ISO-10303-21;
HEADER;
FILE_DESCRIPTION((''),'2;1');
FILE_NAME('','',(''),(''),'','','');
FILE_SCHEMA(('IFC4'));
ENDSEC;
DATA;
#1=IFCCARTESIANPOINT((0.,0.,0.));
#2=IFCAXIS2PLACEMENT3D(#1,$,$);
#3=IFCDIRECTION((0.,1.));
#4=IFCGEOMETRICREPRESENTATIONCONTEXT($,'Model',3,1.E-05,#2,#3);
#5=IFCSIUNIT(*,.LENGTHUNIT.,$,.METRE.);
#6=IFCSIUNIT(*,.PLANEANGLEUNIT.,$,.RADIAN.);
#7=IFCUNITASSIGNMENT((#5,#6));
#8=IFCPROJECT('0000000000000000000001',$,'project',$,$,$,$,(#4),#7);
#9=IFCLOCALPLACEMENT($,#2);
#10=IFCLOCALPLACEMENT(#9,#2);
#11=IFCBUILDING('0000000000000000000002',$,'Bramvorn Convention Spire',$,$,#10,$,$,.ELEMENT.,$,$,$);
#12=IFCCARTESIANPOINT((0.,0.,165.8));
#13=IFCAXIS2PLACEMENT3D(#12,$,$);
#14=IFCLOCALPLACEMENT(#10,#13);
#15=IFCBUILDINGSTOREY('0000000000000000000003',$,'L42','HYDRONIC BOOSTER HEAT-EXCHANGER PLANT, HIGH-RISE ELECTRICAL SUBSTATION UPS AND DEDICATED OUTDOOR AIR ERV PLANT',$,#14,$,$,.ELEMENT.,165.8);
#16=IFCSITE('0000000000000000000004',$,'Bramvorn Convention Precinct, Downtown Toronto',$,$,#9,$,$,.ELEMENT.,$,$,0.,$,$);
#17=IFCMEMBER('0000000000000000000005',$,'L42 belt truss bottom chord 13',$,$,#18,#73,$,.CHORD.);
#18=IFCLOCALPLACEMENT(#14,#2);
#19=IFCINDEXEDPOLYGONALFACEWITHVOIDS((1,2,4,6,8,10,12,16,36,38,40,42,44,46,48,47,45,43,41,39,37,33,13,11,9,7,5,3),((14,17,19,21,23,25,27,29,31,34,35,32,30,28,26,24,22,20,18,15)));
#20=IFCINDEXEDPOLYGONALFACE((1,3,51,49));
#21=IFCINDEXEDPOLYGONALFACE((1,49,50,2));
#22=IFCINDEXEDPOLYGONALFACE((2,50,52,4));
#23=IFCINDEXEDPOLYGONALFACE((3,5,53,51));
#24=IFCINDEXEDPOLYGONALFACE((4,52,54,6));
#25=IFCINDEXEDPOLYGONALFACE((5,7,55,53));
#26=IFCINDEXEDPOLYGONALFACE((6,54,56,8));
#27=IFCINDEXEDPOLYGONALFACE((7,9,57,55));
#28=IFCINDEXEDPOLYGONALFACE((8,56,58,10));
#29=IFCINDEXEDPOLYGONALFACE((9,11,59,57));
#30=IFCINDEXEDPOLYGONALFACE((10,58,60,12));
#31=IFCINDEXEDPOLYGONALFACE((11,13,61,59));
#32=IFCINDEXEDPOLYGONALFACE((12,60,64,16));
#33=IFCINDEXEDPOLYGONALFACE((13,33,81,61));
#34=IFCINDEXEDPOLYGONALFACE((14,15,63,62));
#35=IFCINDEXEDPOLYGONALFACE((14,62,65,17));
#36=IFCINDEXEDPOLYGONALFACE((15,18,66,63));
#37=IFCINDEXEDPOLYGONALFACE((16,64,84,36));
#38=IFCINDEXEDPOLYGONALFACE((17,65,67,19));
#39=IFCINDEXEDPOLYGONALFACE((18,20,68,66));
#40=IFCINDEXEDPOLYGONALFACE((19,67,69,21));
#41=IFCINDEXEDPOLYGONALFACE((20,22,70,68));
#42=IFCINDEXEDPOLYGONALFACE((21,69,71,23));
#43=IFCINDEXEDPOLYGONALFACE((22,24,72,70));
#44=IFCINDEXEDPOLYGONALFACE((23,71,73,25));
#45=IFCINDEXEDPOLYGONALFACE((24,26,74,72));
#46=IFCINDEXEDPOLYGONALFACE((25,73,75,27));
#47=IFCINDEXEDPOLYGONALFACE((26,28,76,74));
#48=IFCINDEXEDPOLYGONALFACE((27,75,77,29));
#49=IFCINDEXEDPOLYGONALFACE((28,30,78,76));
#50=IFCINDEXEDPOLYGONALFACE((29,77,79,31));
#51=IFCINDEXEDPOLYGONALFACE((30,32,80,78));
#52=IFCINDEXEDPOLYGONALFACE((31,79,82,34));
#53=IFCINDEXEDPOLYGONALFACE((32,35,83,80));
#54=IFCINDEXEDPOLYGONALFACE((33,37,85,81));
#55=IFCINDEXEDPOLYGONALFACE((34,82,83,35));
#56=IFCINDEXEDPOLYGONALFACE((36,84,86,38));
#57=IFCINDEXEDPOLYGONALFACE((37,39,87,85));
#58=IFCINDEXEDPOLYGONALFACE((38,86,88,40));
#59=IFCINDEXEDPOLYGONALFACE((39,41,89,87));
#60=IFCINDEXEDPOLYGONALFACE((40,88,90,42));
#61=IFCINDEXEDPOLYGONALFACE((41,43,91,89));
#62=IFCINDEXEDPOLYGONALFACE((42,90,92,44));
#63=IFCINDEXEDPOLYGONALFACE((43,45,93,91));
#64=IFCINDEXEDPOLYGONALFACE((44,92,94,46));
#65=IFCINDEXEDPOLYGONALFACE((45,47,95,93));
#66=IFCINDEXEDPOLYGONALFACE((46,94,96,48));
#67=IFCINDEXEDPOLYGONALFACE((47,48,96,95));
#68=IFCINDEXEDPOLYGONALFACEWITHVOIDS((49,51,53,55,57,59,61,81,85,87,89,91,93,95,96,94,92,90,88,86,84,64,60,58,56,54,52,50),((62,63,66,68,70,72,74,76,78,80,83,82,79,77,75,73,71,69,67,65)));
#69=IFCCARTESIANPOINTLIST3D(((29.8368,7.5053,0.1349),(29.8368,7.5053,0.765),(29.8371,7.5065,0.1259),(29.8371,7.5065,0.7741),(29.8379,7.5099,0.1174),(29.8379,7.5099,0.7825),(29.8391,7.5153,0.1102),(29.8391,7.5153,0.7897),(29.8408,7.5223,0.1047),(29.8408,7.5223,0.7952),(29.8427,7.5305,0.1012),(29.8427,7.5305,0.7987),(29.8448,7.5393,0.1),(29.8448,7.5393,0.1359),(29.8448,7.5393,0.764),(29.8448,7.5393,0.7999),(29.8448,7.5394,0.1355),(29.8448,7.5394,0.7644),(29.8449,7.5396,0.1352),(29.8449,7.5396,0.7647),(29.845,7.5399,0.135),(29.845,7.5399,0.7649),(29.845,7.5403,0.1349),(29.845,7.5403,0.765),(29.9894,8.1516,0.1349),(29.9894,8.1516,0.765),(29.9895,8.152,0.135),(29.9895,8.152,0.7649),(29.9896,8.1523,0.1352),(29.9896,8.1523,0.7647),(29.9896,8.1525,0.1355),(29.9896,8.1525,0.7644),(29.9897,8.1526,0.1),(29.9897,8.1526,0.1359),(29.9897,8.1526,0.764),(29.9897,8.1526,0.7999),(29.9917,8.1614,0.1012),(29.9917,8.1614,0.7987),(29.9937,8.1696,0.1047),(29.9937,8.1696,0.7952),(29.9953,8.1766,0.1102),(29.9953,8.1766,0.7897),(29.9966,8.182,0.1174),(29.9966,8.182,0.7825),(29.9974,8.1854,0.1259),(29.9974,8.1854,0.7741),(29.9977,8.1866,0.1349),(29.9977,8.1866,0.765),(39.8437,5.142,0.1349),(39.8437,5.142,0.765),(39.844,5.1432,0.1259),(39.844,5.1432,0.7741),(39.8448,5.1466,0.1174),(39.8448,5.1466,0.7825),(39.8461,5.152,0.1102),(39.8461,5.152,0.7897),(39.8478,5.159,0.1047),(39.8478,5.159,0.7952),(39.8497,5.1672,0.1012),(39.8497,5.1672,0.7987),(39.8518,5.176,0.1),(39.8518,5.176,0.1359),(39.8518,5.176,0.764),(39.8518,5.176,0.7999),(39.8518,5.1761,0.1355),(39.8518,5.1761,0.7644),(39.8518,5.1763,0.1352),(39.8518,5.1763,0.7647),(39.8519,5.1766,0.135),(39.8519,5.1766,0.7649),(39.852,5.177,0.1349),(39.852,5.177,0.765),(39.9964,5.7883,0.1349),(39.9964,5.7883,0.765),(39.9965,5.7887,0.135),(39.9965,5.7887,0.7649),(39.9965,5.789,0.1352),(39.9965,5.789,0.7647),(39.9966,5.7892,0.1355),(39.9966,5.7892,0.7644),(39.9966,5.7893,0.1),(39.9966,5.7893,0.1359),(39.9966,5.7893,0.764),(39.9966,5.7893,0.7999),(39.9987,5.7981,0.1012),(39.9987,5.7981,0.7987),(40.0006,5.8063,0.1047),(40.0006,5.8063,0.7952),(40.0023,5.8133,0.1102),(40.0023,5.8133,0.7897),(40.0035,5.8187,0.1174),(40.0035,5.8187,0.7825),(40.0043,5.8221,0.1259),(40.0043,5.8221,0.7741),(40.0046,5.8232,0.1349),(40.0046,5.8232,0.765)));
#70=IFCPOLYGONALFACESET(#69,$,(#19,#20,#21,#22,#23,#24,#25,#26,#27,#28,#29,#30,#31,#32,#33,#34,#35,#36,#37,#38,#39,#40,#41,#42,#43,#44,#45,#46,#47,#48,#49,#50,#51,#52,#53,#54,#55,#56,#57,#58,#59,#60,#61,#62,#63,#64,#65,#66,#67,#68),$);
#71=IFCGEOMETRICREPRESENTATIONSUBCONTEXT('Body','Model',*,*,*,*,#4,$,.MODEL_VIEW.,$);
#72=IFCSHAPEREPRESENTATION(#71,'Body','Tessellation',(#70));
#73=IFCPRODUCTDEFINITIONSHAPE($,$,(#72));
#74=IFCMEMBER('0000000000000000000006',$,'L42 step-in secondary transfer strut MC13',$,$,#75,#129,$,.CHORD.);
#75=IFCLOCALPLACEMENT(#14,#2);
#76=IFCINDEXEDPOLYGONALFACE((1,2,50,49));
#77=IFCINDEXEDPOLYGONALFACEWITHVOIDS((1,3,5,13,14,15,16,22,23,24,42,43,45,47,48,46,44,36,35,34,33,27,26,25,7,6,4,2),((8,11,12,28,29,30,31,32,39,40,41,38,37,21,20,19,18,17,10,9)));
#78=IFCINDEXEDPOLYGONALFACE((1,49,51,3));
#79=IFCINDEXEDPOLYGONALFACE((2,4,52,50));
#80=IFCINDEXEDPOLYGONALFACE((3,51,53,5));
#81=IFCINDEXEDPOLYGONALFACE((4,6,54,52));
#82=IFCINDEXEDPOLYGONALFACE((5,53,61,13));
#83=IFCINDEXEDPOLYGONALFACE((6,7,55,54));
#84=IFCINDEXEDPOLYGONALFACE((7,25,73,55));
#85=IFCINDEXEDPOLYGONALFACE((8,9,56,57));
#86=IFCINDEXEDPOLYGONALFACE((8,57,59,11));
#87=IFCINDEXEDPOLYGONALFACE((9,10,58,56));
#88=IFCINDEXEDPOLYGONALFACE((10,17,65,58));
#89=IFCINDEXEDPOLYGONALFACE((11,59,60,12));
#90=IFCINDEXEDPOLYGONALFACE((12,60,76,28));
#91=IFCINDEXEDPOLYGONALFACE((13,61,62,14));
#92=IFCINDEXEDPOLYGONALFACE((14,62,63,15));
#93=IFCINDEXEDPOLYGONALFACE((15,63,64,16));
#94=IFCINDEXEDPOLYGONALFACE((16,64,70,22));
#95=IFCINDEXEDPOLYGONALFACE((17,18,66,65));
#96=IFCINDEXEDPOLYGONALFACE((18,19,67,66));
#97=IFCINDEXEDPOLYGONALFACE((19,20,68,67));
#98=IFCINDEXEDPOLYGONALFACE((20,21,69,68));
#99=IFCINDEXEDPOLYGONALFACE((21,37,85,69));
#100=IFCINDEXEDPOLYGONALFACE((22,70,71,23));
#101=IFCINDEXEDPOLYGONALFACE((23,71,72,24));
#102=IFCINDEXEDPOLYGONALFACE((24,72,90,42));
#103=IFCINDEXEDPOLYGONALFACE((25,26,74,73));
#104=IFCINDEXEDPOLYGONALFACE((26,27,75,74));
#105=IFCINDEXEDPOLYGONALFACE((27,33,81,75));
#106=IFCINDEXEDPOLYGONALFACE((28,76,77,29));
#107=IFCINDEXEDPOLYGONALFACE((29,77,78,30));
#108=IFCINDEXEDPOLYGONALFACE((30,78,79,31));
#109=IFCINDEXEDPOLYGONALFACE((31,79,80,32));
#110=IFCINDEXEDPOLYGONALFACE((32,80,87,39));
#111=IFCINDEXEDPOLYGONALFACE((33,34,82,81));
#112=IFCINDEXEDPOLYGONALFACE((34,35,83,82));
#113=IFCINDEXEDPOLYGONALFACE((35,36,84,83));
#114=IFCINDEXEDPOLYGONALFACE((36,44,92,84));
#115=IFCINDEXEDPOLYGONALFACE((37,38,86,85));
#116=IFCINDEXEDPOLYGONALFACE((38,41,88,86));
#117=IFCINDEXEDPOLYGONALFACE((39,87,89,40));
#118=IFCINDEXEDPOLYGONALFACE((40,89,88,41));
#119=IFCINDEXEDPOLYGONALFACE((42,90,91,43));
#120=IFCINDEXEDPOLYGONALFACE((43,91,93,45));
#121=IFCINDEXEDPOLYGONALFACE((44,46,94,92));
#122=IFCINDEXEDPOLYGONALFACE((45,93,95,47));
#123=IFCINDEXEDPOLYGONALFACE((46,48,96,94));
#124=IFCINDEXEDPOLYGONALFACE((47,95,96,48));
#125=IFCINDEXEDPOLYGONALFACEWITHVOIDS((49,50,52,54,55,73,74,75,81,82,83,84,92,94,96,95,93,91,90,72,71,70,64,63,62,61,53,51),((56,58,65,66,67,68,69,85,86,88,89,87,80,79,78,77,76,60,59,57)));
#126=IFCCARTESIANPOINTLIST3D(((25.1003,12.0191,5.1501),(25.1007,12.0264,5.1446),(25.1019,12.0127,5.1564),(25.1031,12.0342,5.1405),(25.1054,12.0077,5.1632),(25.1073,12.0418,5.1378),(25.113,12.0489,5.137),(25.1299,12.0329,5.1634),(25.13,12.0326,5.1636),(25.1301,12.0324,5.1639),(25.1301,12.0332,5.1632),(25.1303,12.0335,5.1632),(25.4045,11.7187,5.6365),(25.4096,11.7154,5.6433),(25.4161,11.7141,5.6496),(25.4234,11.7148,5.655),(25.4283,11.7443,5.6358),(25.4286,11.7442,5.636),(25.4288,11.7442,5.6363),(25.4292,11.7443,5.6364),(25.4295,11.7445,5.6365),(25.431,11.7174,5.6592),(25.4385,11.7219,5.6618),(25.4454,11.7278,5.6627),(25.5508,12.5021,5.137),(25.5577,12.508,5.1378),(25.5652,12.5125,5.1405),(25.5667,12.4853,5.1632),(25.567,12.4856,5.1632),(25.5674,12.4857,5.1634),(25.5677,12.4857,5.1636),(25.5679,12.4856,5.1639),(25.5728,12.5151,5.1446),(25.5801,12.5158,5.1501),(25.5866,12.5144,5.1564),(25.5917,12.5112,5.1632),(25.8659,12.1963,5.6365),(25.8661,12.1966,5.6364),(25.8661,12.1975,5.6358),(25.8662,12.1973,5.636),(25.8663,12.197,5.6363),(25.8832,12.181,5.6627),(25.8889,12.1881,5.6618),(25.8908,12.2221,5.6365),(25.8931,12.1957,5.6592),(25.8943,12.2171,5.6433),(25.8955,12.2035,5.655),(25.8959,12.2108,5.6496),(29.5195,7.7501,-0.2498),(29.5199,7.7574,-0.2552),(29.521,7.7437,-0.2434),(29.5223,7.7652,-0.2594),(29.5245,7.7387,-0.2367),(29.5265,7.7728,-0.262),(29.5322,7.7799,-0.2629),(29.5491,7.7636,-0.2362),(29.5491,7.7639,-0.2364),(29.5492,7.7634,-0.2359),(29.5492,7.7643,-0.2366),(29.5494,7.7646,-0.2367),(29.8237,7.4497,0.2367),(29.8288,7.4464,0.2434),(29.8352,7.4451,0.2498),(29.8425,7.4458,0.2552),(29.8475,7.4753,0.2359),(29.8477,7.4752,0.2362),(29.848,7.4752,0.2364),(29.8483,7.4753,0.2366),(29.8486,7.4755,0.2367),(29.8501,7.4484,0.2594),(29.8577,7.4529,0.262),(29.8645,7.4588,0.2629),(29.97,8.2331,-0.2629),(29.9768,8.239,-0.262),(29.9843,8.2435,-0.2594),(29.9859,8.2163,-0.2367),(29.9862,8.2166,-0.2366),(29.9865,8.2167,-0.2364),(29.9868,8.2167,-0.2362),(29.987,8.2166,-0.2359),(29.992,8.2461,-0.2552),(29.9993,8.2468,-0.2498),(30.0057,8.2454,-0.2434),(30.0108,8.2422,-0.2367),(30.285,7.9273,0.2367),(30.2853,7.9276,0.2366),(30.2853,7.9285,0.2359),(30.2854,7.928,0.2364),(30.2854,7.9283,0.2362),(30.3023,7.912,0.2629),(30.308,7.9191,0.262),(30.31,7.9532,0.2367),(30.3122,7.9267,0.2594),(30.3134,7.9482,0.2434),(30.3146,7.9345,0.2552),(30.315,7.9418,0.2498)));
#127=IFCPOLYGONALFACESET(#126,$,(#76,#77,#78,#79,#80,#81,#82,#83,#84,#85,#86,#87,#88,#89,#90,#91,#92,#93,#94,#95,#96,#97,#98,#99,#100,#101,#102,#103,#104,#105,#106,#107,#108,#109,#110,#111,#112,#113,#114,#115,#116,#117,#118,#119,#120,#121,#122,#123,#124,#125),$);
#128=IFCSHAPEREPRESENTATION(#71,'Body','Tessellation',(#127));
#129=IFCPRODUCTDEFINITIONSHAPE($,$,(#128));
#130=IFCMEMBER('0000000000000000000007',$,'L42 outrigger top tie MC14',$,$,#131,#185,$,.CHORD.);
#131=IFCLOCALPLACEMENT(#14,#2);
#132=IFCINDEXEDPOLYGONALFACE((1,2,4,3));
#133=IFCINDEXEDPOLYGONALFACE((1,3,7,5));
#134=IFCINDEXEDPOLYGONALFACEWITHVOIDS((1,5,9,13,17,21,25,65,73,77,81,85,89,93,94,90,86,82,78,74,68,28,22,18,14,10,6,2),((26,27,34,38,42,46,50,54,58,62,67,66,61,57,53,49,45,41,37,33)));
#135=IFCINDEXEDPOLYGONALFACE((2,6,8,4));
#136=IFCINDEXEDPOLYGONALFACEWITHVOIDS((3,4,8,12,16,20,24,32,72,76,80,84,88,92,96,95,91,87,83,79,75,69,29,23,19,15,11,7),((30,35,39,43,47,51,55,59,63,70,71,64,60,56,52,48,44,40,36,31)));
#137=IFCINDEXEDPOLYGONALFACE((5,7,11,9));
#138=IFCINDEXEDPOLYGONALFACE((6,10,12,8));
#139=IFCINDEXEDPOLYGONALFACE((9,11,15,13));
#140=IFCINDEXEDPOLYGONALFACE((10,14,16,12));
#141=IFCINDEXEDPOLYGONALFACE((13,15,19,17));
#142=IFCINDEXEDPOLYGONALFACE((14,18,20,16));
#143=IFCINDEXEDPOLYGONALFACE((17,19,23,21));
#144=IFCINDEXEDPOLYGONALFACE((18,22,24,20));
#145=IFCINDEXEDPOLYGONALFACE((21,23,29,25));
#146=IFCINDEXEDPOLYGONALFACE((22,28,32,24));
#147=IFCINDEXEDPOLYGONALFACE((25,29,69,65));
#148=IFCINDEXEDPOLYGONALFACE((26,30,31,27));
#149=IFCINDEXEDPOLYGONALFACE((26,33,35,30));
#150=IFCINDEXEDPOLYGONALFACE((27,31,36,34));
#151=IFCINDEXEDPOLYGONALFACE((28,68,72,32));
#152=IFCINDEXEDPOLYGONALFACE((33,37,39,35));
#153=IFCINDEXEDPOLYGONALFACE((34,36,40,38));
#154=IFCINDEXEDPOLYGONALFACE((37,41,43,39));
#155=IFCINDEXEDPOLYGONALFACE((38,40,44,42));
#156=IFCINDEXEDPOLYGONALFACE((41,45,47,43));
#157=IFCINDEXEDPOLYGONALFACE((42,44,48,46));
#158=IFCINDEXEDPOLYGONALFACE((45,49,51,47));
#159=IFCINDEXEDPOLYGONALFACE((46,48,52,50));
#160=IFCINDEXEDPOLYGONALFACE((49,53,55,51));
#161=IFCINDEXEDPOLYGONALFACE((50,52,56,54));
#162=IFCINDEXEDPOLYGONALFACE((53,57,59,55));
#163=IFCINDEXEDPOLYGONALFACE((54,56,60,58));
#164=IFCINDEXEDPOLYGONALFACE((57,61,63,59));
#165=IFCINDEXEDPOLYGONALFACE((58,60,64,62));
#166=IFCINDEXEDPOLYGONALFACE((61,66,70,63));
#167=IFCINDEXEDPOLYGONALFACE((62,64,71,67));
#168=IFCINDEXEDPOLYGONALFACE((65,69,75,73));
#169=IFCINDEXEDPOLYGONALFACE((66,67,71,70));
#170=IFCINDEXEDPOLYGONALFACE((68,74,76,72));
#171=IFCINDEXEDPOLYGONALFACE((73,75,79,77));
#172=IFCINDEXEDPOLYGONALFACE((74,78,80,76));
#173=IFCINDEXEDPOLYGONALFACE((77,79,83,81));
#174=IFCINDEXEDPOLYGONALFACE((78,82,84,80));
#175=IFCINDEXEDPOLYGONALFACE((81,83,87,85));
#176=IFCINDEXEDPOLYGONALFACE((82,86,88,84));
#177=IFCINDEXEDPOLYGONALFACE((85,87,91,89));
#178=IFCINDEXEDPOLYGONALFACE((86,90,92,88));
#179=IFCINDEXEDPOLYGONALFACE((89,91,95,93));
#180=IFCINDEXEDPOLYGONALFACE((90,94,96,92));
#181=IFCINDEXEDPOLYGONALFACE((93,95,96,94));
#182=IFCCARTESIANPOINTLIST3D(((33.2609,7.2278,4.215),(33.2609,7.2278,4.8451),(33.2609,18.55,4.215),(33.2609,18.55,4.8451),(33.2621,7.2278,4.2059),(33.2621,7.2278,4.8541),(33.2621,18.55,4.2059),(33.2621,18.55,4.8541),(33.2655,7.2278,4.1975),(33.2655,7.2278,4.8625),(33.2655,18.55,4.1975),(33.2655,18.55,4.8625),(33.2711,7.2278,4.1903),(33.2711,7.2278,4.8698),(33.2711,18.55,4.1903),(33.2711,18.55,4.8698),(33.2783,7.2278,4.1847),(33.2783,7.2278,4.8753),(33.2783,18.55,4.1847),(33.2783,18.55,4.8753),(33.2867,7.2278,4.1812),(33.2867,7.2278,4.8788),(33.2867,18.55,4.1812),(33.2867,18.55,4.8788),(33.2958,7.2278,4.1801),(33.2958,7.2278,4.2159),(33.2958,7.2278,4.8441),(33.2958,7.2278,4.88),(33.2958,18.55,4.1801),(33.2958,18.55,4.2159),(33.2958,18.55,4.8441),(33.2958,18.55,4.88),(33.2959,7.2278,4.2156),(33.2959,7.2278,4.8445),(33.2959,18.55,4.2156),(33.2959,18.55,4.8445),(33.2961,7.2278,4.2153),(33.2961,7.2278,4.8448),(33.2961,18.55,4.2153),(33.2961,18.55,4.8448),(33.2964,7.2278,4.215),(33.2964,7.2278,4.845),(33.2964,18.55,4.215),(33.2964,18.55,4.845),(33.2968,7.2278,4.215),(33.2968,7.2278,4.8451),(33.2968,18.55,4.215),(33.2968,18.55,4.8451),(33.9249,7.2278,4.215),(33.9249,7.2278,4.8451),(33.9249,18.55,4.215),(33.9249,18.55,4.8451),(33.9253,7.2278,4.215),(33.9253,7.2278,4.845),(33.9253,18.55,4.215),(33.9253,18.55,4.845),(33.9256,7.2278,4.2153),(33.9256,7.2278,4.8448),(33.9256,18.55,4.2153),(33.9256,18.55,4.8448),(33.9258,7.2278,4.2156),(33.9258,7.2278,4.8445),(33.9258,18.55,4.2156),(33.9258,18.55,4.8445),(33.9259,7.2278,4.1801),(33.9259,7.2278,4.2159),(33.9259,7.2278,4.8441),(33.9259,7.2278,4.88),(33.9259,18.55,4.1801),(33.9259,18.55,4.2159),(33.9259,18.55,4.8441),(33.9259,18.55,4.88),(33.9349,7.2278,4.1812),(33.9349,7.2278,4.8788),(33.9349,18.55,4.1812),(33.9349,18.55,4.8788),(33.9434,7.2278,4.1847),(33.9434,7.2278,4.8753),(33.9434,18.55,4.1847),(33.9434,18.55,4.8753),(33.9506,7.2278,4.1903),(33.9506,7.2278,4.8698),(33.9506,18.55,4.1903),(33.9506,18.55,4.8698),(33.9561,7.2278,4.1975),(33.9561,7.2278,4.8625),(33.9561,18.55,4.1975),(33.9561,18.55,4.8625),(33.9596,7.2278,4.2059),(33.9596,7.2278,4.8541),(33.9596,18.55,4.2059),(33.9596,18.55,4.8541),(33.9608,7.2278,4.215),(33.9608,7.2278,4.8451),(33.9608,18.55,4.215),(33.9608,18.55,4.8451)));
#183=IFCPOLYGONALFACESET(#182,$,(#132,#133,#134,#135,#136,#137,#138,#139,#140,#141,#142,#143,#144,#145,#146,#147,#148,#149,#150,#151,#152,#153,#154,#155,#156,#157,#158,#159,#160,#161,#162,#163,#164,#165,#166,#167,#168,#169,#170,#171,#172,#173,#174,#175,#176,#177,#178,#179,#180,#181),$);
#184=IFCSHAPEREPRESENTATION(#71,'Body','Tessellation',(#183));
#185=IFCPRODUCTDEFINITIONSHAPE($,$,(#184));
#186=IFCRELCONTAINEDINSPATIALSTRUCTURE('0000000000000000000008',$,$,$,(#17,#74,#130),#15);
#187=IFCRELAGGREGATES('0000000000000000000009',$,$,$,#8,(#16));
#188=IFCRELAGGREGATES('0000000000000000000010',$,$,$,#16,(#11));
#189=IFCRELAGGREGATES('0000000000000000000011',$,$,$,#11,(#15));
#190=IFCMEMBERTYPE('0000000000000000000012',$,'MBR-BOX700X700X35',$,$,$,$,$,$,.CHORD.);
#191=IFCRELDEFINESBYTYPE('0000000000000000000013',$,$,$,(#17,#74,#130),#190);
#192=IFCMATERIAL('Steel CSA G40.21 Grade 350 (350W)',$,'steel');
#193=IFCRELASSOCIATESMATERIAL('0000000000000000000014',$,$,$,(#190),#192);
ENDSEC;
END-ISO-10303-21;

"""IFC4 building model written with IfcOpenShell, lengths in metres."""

from ifc_helpers import new_model, si_unit, direction, frame, origin, origin_2d, place, context, subcontext, project, spatial, hollow_rectangle, extrude, material, material_profile, profile_set, type_object, element, save


model = new_model("IFC4")

# Units and contexts
model_context = context("Model", 3, precision=1e-05, world=origin(), true_north=direction((0.0, 1.0)))
body_context = subcontext(model_context, "Body", "Model", "MODEL_VIEW")
ifc_project = project(units=[si_unit("LENGTHUNIT", "METRE"), si_unit("PLANEANGLEUNIT", "RADIAN")], contexts=[model_context])

# Site, building, storey
site_placement = place(None, origin())
site = spatial("IfcSite", under=ifc_project, at=site_placement, Name="Bramvorn Convention Precinct, Downtown Toronto", CompositionType="ELEMENT", RefElevation=0.0)
building_placement = place(site_placement, origin())
building = spatial("IfcBuilding", under=site, at=building_placement, Name="Bramvorn Convention Spire", CompositionType="ELEMENT")
storey_placement = place(building_placement, frame((0.0, 0.0, 165.8)))
storey = spatial("IfcBuildingStorey", under=building, at=storey_placement, Name="L42", Description="HYDRONIC BOOSTER HEAT-EXCHANGER PLANT, HIGH-RISE ELECTRICAL SUBSTATION UPS AND DEDICATED OUTDOOR AIR ERV PLANT", CompositionType="ELEMENT", Elevation=165.8)

# Shared definitions
ifc_material_1 = material(Name="Steel CSA G40.21 Grade 350 (350W)", Category="steel")

# Members
ifc_material_profile_1 = material_profile(ifc_material_1, hollow_rectangle(XDim=0.7, YDim=0.7, WallThickness=0.0349, InnerFilletRadius=0.001, OuterFilletRadius=0.0349, at=origin_2d()))
ifc_profile_set_1 = profile_set([ifc_material_profile_1], Name="Steel CSA G40.21 Grade 350 (350W) - BOX700X700X35")
member_type_1 = type_object("IfcMemberType", Name="MBR-BOX700X700X35", PredefinedType="CHORD", material=ifc_profile_set_1)
member_1_placement = place(storey_placement, frame((29.9172, 7.8459, 0.45), z_axis=(0.973228, -0.229844, 0.0), x_axis=(0.229844, 0.973228, 0.0)))
element("IfcMember", 1, at=member_1_placement, inside=storey, type_object=member_type_1, Name="L42 belt truss bottom chord 13", PredefinedType="CHORD", context=body_context, shape_type="SweptSolid", body=[
    extrude(hollow_rectangle(XDim=0.7, YDim=0.7, WallThickness=0.0349, InnerFilletRadius=0.001, OuterFilletRadius=0.0349, at=origin_2d()), origin(), (0.0, 0.0, 1.0), 10.2822),
])
member_2_placement = place(storey_placement, frame((29.9172, 7.8459, 0.0), z_axis=(-0.540241, 0.521886, 0.660132), x_axis=(-0.694783, -0.719219, 0.0)))
element("IfcMember", 2, at=member_2_placement, inside=storey, type_object=member_type_1, Name="L42 step-in secondary transfer strut MC13", PredefinedType="CHORD", context=body_context, shape_type="SweptSolid", body=[
    extrude(hollow_rectangle(XDim=0.7, YDim=0.7, WallThickness=0.0349, InnerFilletRadius=0.001, OuterFilletRadius=0.0349, at=origin_2d()), origin(), (0.0, 0.0, 1.0), 8.1799),
])
member_3_placement = place(storey_placement, frame((33.6108, 18.55, 4.53), z_axis=(0.0, -1.0, 0.0), x_axis=(1.0, 0.0, 0.0)))
element("IfcMember", 3, at=member_3_placement, inside=storey, type_object=member_type_1, Name="L42 outrigger top tie MC14", PredefinedType="CHORD", context=body_context, shape_type="SweptSolid", body=[
    extrude(hollow_rectangle(XDim=0.7, YDim=0.7, WallThickness=0.0349, InnerFilletRadius=0.001, OuterFilletRadius=0.0349, at=origin_2d()), origin(), (0.0, 0.0, 1.0), 11.3223),
])

save(model, "model.ifc")
